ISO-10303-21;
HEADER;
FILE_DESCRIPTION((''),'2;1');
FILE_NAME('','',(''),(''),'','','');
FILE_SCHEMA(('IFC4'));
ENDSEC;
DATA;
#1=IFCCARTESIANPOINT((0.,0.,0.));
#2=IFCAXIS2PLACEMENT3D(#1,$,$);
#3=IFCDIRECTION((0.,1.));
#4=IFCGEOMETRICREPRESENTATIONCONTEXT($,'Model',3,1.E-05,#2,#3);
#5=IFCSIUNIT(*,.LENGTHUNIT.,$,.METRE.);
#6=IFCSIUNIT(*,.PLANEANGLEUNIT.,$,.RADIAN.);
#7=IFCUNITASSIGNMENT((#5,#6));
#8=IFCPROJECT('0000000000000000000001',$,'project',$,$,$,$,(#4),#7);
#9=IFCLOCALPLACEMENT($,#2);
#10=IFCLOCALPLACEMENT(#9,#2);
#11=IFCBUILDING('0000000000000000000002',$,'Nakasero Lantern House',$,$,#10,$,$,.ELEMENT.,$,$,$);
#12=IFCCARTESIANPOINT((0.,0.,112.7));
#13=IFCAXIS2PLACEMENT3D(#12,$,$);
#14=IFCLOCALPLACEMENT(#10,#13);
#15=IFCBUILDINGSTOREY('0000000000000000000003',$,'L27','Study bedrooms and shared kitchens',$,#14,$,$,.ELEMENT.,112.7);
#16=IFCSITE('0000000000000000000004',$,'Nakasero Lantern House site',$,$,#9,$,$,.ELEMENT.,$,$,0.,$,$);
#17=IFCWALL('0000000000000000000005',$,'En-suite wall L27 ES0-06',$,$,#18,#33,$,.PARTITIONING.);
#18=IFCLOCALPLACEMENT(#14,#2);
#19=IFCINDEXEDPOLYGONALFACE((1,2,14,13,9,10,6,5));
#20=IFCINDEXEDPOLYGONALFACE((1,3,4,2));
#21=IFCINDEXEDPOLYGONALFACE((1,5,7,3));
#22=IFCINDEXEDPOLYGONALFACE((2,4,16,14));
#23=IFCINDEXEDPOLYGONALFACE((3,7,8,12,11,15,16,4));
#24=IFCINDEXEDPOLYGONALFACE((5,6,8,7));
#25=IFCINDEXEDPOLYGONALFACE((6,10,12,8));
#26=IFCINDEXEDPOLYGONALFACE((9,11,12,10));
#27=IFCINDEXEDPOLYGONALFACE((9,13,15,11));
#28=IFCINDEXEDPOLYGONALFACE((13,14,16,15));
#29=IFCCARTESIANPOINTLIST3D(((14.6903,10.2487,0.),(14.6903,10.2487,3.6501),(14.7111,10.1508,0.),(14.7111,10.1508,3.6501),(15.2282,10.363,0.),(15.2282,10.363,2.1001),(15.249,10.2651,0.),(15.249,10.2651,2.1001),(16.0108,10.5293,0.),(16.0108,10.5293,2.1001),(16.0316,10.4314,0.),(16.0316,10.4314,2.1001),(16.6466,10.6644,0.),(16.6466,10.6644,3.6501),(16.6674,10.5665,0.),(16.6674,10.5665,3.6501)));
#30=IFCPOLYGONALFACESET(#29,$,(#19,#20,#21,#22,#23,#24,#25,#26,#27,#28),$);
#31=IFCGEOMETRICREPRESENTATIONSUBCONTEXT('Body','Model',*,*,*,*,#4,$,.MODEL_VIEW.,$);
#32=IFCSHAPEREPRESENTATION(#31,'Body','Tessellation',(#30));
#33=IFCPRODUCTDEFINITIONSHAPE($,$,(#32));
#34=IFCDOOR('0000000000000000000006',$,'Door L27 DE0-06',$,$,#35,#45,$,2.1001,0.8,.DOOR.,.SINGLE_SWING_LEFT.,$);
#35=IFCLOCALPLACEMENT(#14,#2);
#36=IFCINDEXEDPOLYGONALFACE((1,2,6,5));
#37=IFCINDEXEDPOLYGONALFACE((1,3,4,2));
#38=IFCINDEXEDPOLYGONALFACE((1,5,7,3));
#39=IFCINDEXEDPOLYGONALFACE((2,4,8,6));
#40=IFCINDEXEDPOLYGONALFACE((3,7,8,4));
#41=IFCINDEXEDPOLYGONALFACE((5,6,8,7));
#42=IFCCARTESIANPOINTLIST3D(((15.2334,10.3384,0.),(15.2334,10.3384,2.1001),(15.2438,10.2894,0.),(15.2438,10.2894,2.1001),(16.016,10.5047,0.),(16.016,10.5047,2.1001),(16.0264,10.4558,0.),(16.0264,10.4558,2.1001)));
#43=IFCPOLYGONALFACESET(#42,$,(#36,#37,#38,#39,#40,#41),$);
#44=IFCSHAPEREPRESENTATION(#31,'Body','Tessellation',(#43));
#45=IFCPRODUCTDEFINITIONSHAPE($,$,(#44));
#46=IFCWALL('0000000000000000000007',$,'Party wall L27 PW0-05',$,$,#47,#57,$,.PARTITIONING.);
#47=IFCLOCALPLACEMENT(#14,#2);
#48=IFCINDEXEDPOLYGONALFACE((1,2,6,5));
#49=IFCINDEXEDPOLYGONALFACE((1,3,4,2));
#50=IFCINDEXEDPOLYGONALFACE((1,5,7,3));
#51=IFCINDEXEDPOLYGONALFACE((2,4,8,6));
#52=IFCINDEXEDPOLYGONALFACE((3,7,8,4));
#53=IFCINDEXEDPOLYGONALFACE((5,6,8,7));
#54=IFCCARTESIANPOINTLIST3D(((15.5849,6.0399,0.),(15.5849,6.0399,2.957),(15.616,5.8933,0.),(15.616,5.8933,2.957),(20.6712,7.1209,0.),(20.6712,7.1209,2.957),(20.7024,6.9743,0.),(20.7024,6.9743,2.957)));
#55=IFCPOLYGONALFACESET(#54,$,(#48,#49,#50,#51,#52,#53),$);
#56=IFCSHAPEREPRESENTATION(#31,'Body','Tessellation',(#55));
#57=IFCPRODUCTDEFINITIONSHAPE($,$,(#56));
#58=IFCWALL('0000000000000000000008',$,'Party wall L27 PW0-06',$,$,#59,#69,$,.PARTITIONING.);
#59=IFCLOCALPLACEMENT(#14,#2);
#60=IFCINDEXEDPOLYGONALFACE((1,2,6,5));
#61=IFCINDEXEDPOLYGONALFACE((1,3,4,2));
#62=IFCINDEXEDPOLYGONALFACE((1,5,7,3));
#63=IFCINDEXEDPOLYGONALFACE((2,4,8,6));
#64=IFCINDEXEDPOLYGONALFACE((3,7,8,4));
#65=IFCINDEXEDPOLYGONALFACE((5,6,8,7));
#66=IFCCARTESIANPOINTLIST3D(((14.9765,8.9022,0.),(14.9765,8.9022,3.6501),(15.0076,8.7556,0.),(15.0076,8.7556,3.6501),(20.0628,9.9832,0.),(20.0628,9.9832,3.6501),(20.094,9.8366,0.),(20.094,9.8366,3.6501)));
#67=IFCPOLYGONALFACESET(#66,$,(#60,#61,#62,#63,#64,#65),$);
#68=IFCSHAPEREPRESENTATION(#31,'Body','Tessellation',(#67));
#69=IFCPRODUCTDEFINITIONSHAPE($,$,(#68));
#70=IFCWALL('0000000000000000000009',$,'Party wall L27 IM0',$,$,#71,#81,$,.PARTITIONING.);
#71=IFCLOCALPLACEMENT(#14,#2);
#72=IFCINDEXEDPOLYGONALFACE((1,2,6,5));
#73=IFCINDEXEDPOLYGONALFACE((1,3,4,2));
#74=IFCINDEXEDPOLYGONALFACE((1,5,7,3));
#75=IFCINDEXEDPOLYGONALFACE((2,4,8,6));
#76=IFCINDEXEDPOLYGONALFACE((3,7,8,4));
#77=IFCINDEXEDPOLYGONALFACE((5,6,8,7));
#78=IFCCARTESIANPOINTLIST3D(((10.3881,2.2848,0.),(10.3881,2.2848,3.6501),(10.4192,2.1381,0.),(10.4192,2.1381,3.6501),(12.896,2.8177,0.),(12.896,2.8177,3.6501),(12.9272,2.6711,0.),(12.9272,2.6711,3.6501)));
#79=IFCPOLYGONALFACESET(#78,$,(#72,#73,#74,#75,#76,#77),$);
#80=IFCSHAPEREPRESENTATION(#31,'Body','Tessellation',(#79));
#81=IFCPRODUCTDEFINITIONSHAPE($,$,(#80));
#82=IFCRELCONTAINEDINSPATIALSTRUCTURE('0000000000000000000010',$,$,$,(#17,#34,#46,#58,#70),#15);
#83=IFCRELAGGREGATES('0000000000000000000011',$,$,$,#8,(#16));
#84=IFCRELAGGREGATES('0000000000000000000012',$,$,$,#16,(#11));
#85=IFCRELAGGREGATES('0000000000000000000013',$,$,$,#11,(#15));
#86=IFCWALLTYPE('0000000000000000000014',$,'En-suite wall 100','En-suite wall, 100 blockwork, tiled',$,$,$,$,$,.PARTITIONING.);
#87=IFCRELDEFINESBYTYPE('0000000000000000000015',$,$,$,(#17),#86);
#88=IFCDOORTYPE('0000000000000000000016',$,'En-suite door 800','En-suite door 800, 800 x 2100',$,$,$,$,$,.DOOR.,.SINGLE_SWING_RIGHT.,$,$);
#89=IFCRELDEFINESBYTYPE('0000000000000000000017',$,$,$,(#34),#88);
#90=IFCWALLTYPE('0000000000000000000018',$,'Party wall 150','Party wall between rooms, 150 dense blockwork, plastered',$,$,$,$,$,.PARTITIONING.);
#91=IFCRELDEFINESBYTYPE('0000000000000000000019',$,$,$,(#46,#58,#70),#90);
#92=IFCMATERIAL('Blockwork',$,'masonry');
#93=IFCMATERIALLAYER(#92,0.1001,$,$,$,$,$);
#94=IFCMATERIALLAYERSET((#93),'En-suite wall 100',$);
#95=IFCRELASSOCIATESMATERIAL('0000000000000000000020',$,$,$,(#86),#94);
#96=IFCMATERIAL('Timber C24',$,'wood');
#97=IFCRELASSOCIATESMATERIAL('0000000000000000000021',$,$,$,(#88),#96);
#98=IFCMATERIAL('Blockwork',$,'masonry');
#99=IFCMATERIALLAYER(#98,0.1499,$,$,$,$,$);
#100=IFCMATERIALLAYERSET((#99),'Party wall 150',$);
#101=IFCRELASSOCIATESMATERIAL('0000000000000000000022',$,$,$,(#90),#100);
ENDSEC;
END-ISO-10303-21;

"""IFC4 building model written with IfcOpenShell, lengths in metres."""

from ifc_helpers import new_model, si_unit, direction, frame, frame_2d, origin, place, context, subcontext, project, spatial, rectangle, extrude, material, layer, layer_set, type_object, element, fill, save


model = new_model("IFC4")

# Units and contexts
model_context = context("Model", 3, precision=1e-05, world=origin(), true_north=direction((0.0, 1.0)))
body_context = subcontext(model_context, "Body", "Model", "MODEL_VIEW")
ifc_project = project(units=[si_unit("LENGTHUNIT", "METRE"), si_unit("PLANEANGLEUNIT", "RADIAN")], contexts=[model_context])

# Site, building, storey
site_placement = place(None, origin())
site = spatial("IfcSite", under=ifc_project, at=site_placement, Name="Nakasero Lantern House site", CompositionType="ELEMENT", RefElevation=0.0)
building_placement = place(site_placement, origin())
building = spatial("IfcBuilding", under=site, at=building_placement, Name="Nakasero Lantern House", CompositionType="ELEMENT")
storey_placement = place(building_placement, frame((0.0, 0.0, 112.7)))
storey = spatial("IfcBuildingStorey", under=building, at=storey_placement, Name="L27", Description="Study bedrooms and shared kitchens", CompositionType="ELEMENT", Elevation=112.7)

# Shared definitions
ifc_material_1 = material(Name="Blockwork", Category="masonry")
ifc_layer_1 = layer(ifc_material_1, 0.1001)
ifc_layer_set_1 = layer_set([ifc_layer_1], Name="En-suite wall 100")
wall_type_1 = type_object("IfcWallType", Name="En-suite wall 100", Description="En-suite wall, 100 blockwork, tiled", PredefinedType="PARTITIONING", material=ifc_layer_set_1)

# Shared definitions
ifc_material_2 = material(Name="Timber C24", Category="wood")
door_type = type_object("IfcDoorType", Name="En-suite door 800", Description="En-suite door 800, 800 x 2100", OperationType="SINGLE_SWING_RIGHT", PredefinedType="DOOR", material=ifc_material_2)

# Wall, opening, door
wall_1_placement = place(storey_placement, frame((14.7007, 10.1997, 0.0), z_axis=(0.0, 0.0, 1.0), x_axis=(0.978153, 0.207886, 0.0)))
wall_1 = element("IfcWall", 1, at=wall_1_placement, inside=storey, type_object=wall_type_1, Name="En-suite wall L27 ES0-06", PredefinedType="PARTITIONING", context=body_context, shape_type="SweptSolid", body=[
    extrude(rectangle(XDim=2.0, YDim=0.1001, at=frame_2d((1.0, 0.0))), origin(), (0.0, 0.0, 1.0), 3.6501),
])
opening_1_placement = place(wall_1_placement, frame((0.55, 0.0, 0.0)))
opening_1 = element("IfcOpeningElement", 2, at=opening_1_placement, cuts=wall_1, PredefinedType="OPENING", context=body_context, shape_type="SweptSolid", body=[
    extrude(rectangle(XDim=0.8, YDim=2.1001, at=frame_2d((0.3999, 1.05))), frame((0.0, 0.0701, 0.0), z_axis=(0.0, -1.0, 0.0), x_axis=(1.0, 0.0, 0.0)), (0.0, 0.0, 1.0), 0.1401),
])
door_1_placement = place(opening_1_placement, origin())
door_1 = element("IfcDoor", 3, at=door_1_placement, inside=storey, type_object=door_type, Name="Door L27 DE0-06", OperationType="SINGLE_SWING_LEFT", OverallHeight=2.1001, OverallWidth=0.8, PredefinedType="DOOR", context=body_context, shape_type="SweptSolid", body=[
    extrude(rectangle(XDim=0.8, YDim=2.1001, at=frame_2d((0.3999, 1.05))), frame((0.0, 0.0249, 0.0), z_axis=(0.0, -1.0, 0.0), x_axis=(1.0, 0.0, 0.0)), (0.0, 0.0, 1.0), 0.05),
])
fill(opening_1, door_1)

# Walls
ifc_material_3 = material(Name="Blockwork", Category="masonry")
ifc_layer_2 = layer(ifc_material_3, 0.1499)
ifc_layer_set_2 = layer_set([ifc_layer_2], Name="Party wall 150")
wall_type_2 = type_object("IfcWallType", Name="Party wall 150", Description="Party wall between rooms, 150 dense blockwork, plastered", PredefinedType="PARTITIONING", material=ifc_layer_set_2)
wall_2_placement = place(storey_placement, frame((15.6003, 5.9666, 0.0), z_axis=(0.0, 0.0, 1.0), x_axis=(0.978151, 0.207894, 0.0)))
element("IfcWall", 4, at=wall_2_placement, inside=storey, type_object=wall_type_2, Name="Party wall L27 PW0-05", PredefinedType="PARTITIONING", context=body_context, shape_type="SweptSolid", body=[
    extrude(rectangle(XDim=5.2, YDim=0.1499, at=frame_2d((2.6001, 0.0))), origin(), (0.0, 0.0, 1.0), 2.957),
])
wall_3_placement = place(storey_placement, frame((14.9919, 8.8289, 0.0), z_axis=(0.0, 0.0, 1.0), x_axis=(0.978151, 0.207894, 0.0)))
element("IfcWall", 5, at=wall_3_placement, inside=storey, type_object=wall_type_2, Name="Party wall L27 PW0-06", PredefinedType="PARTITIONING", context=body_context, shape_type="SweptSolid", body=[
    extrude(rectangle(XDim=5.2, YDim=0.1499, at=frame_2d((2.6001, 0.0))), origin(), (0.0, 0.0, 1.0), 3.6501),
])
wall_4_placement = place(storey_placement, frame((12.9116, 2.7444, 0.0), z_axis=(0.0, 0.0, 1.0), x_axis=(-0.978159, -0.207858, 0.0)))
element("IfcWall", 6, at=wall_4_placement, inside=storey, type_object=wall_type_2, Name="Party wall L27 IM0", PredefinedType="PARTITIONING", context=body_context, shape_type="SweptSolid", body=[
    extrude(rectangle(XDim=2.564, YDim=0.1499, at=frame_2d((1.282, 0.0))), origin(), (0.0, 0.0, 1.0), 3.6501),
])

save(model, "model.ifc")
